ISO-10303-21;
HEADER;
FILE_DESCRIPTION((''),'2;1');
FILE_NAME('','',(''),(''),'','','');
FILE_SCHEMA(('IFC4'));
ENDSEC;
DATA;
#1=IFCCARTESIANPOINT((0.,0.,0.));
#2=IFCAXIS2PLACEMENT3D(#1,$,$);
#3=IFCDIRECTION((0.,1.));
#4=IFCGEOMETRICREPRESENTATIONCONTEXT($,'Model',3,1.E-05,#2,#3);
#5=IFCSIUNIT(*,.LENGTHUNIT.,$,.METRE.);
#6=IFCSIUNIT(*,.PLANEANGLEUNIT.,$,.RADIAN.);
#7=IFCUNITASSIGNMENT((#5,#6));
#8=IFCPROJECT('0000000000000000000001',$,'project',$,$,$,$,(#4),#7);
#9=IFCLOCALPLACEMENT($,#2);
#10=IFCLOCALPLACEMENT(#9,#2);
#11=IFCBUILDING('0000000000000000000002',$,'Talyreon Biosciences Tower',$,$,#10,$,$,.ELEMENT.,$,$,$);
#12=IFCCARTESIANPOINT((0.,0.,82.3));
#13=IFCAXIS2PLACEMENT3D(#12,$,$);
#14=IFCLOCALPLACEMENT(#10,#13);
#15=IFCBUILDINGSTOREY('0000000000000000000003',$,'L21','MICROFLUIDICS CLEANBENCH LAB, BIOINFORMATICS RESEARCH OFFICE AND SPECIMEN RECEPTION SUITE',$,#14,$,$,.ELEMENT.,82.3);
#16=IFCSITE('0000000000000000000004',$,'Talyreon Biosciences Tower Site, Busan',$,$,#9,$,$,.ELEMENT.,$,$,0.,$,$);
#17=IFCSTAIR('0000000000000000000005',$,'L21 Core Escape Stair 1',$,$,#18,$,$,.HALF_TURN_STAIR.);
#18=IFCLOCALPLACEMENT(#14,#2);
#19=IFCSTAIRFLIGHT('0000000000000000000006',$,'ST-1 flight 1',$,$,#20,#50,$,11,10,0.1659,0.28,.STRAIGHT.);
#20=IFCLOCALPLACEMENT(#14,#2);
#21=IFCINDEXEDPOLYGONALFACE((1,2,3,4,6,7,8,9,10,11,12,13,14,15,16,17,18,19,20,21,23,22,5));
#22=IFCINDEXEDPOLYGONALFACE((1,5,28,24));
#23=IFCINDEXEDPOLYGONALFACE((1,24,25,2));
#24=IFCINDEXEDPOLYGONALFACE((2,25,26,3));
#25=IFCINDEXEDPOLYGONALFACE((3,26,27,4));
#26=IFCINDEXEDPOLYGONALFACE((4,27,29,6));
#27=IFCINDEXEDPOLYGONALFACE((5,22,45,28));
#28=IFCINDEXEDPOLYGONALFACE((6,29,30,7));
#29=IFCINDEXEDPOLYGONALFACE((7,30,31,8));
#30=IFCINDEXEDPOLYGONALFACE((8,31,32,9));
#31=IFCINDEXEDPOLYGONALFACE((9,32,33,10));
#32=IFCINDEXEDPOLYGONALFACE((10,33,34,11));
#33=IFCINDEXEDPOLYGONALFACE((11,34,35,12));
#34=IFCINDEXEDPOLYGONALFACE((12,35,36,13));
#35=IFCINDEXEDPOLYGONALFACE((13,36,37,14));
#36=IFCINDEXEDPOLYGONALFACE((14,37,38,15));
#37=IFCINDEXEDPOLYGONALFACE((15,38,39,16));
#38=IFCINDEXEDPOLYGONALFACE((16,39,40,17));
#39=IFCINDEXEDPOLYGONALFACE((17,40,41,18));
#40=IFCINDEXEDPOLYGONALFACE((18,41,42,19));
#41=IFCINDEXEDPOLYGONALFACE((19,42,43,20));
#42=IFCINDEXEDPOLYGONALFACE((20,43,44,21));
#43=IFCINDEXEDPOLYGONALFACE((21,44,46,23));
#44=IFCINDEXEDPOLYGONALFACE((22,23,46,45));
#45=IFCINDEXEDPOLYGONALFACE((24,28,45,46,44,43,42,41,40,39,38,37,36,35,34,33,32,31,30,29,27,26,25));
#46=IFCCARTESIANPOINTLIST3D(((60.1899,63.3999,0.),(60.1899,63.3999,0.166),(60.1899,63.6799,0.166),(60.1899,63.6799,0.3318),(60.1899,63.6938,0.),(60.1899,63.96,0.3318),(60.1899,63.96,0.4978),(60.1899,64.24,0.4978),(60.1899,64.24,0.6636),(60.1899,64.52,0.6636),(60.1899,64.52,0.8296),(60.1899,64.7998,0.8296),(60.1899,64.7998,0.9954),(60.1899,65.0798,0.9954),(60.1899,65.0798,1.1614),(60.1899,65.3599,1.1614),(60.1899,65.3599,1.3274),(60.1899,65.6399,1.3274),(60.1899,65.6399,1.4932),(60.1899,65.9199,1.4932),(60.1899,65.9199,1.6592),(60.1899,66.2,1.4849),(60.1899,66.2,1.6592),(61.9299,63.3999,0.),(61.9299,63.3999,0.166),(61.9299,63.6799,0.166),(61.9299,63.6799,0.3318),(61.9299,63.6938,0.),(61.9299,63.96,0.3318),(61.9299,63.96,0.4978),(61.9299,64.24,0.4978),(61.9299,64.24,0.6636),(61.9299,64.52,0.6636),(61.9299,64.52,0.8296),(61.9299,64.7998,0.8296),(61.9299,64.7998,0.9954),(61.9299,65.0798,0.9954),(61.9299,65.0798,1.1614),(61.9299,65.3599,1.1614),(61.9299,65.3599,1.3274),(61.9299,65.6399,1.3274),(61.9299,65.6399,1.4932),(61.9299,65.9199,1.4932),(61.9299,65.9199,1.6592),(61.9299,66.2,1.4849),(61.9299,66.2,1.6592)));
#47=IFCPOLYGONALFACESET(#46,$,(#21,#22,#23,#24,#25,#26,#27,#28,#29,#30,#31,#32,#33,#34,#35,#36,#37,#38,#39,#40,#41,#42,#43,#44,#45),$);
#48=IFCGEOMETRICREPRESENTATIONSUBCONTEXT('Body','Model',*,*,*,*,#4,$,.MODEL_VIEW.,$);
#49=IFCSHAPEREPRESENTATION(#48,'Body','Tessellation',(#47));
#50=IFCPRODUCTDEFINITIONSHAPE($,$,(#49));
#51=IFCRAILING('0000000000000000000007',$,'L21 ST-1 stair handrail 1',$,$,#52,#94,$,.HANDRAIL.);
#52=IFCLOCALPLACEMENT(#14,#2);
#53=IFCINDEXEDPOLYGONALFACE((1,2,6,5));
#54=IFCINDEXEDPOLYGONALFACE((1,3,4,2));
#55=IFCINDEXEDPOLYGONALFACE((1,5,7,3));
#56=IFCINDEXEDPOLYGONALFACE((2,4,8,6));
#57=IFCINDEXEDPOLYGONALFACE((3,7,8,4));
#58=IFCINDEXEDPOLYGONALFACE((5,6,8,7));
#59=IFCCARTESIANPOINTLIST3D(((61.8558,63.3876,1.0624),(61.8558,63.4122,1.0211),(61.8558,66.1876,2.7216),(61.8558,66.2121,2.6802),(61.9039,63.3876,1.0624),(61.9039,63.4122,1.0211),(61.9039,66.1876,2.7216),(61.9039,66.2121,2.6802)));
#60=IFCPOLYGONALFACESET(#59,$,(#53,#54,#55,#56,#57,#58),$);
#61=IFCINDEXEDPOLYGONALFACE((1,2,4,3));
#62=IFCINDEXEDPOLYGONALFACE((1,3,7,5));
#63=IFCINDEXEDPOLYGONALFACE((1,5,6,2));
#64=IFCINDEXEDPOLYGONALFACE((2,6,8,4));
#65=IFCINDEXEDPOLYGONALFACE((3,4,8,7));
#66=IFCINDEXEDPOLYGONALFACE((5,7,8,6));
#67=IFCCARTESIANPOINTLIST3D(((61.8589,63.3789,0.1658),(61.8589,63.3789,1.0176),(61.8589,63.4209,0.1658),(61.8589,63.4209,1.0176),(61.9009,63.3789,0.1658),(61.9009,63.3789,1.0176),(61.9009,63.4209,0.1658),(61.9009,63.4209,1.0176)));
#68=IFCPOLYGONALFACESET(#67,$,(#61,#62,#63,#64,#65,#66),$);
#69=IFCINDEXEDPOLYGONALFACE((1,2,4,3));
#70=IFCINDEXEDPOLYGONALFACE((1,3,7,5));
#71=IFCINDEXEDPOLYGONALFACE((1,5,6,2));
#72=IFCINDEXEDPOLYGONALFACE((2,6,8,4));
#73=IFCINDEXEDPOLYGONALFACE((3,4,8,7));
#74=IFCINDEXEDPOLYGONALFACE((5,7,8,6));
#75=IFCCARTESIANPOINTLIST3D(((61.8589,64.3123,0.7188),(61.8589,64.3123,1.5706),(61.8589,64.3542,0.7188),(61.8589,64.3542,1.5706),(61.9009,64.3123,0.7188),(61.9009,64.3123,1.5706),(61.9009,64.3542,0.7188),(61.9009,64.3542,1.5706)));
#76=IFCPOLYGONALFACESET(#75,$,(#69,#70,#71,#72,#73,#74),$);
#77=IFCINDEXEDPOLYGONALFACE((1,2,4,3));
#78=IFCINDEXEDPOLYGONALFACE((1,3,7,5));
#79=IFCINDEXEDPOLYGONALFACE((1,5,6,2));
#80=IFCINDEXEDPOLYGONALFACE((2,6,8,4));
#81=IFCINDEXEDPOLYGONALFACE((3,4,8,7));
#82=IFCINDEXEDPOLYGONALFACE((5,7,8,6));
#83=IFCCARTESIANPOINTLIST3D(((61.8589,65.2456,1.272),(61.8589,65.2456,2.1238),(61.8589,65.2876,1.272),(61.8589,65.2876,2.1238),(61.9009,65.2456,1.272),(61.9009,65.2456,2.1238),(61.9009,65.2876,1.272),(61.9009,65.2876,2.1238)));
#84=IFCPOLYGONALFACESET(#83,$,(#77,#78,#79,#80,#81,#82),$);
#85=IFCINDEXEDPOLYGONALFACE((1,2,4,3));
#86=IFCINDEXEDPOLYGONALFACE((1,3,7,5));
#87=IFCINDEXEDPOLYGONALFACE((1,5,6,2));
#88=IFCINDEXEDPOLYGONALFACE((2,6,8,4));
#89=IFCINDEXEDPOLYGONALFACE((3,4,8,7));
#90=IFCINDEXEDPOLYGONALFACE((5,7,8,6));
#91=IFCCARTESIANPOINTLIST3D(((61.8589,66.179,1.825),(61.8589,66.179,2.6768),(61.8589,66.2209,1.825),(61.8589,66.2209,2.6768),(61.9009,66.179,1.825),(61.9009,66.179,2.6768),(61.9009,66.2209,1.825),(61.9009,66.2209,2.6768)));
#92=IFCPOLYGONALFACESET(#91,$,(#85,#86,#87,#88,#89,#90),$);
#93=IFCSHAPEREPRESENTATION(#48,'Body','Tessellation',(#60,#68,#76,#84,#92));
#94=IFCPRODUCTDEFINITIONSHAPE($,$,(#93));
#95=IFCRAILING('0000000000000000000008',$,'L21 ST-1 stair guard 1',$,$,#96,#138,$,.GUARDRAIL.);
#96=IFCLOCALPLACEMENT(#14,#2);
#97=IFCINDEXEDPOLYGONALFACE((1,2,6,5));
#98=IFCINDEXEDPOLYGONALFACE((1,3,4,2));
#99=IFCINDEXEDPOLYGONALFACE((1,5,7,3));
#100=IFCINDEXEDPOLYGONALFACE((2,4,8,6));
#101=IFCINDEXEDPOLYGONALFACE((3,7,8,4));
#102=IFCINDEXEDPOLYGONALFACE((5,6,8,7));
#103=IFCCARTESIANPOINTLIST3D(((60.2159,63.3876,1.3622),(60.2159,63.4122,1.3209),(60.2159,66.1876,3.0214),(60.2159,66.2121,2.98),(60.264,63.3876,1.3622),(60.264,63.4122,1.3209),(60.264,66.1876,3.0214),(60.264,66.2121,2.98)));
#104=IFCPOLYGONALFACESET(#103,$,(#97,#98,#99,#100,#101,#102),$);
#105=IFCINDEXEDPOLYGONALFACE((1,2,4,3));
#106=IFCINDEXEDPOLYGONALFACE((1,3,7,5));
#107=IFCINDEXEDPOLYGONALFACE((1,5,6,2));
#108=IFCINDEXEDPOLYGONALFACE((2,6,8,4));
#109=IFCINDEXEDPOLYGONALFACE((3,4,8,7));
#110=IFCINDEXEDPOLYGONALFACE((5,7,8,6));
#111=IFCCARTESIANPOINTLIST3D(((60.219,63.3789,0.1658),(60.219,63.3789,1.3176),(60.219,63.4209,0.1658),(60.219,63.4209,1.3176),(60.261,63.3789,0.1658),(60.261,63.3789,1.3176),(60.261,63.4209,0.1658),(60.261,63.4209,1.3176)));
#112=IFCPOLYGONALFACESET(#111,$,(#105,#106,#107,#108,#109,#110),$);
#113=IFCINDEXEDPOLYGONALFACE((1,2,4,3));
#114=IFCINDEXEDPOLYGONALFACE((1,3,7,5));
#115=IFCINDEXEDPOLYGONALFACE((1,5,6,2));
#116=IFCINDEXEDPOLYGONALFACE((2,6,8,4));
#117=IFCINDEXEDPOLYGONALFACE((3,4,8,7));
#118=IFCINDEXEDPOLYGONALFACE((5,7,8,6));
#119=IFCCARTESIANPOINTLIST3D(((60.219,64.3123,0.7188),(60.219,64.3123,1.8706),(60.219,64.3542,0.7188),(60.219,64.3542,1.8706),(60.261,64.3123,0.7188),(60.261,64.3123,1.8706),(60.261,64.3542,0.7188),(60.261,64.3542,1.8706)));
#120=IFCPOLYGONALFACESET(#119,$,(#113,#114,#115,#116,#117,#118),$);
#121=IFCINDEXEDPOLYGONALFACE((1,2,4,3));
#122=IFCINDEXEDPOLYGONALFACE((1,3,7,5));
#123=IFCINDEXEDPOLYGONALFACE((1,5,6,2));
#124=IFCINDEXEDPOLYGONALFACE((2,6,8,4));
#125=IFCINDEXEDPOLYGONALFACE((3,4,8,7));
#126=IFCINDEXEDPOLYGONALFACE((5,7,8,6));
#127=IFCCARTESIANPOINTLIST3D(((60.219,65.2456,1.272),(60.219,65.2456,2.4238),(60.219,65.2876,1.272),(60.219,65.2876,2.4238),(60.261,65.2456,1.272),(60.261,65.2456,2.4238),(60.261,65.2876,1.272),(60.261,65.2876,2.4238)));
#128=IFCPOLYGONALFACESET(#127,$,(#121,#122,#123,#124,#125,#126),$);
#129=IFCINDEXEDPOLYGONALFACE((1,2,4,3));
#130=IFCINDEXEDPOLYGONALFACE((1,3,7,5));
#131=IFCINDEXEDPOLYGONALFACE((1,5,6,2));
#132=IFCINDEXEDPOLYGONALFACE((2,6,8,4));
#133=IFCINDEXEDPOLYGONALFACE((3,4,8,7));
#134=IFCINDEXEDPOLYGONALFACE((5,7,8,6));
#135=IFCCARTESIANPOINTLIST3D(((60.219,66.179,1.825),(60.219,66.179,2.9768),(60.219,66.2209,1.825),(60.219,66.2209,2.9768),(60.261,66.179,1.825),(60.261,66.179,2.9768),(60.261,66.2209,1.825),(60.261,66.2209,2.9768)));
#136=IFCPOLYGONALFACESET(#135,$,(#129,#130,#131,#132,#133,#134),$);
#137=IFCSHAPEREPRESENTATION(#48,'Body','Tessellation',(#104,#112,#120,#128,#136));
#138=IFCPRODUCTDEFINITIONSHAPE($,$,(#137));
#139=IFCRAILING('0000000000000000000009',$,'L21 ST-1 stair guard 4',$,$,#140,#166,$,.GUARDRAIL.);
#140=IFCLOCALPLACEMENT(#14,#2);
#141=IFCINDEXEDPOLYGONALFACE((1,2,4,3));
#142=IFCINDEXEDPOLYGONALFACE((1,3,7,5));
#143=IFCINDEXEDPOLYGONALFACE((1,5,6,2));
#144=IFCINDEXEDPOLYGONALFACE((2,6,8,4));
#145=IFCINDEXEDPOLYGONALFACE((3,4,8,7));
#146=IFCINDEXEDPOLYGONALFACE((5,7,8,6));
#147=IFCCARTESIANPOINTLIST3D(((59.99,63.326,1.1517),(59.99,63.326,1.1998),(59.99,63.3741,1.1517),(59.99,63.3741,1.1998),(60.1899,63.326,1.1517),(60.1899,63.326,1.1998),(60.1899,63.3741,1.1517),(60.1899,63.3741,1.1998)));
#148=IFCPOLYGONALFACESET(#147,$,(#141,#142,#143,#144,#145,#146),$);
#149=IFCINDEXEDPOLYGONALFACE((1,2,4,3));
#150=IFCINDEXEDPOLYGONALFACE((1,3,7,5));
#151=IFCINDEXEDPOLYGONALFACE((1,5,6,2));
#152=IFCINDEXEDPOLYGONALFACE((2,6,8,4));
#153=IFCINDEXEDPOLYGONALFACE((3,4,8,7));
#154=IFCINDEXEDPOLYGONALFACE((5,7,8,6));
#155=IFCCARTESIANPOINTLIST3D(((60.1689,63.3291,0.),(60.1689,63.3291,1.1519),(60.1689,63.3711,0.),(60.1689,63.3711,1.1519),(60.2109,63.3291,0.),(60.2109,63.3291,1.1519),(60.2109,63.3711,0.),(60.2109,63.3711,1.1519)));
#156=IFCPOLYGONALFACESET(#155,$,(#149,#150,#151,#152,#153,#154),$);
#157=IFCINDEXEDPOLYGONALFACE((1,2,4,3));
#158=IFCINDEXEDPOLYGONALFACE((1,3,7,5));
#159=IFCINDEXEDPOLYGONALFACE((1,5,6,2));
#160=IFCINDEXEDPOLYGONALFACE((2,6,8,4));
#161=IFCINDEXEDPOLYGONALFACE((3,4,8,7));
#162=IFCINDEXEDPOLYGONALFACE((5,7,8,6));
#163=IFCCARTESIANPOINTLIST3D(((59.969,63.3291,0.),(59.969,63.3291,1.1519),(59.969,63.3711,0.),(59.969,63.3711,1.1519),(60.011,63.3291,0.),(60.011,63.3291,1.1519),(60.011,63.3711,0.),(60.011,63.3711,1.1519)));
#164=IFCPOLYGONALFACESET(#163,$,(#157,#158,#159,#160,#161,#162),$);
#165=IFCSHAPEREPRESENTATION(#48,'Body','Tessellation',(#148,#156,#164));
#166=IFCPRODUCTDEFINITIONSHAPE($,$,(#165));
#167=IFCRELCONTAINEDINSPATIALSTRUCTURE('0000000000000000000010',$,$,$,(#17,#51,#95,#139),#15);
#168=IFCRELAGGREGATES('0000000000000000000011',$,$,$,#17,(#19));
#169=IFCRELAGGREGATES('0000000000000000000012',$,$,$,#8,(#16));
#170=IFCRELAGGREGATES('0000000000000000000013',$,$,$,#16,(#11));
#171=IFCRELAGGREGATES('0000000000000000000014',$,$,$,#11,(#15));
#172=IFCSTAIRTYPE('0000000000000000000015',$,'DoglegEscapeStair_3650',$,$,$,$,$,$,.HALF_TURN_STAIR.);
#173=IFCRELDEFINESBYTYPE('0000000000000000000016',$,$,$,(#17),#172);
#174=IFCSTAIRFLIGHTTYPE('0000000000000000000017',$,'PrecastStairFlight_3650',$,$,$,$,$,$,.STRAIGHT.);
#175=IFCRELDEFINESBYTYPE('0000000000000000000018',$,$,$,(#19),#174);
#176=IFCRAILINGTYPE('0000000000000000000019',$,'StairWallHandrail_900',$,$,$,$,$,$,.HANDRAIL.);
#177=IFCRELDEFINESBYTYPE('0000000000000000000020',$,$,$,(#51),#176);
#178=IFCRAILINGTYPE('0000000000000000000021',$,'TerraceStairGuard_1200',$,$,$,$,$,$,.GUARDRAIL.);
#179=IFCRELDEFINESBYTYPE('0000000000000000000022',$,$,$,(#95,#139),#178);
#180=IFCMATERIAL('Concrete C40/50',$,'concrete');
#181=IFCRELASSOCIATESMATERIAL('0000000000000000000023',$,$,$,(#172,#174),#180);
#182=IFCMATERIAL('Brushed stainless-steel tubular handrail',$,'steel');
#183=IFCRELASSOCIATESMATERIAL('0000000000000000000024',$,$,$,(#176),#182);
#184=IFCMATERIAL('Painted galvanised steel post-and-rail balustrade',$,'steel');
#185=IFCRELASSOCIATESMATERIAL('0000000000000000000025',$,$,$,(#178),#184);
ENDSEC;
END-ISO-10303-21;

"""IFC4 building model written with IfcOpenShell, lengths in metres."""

from ifc_helpers import new_model, si_unit, direction, frame, origin, origin_2d, place, context, subcontext, project, spatial, polyline, rectangle, outline, extrude, material, type_object, element, aggregate, save


model = new_model("IFC4")

# Units and contexts
model_context = context("Model", 3, precision=1e-05, world=origin(), true_north=direction((0.0, 1.0)))
body_context = subcontext(model_context, "Body", "Model", "MODEL_VIEW")
ifc_project = project(units=[si_unit("LENGTHUNIT", "METRE"), si_unit("PLANEANGLEUNIT", "RADIAN")], contexts=[model_context])

# Site, building, storey
site_placement = place(None, origin())
site = spatial("IfcSite", under=ifc_project, at=site_placement, Name="Talyreon Biosciences Tower Site, Busan", CompositionType="ELEMENT", RefElevation=0.0)
building_placement = place(site_placement, origin())
building = spatial("IfcBuilding", under=site, at=building_placement, Name="Talyreon Biosciences Tower", CompositionType="ELEMENT")
storey_placement = place(building_placement, frame((0.0, 0.0, 82.3)))
storey = spatial("IfcBuildingStorey", under=building, at=storey_placement, Name="L21", Description="MICROFLUIDICS CLEANBENCH LAB, BIOINFORMATICS RESEARCH OFFICE AND SPECIMEN RECEPTION SUITE", CompositionType="ELEMENT", Elevation=82.3)

# Stair, stair flight
ifc_material_1 = material(Name="Concrete C40/50", Category="concrete")
stair_type = type_object("IfcStairType", Name="DoglegEscapeStair_3650", PredefinedType="HALF_TURN_STAIR", material=ifc_material_1)
stair_placement = place(storey_placement, origin())
stair = element("IfcStair", 1, at=stair_placement, inside=storey, type_object=stair_type, Name="L21 Core Escape Stair 1", PredefinedType="HALF_TURN_STAIR")
stair_flight_type = type_object("IfcStairFlightType", Name="PrecastStairFlight_3650", PredefinedType="STRAIGHT", material=ifc_material_1)
stair_flight_placement = place(storey_placement, frame((61.0601, 63.3999, 0.0), z_axis=(0.0, 0.0, 1.0), x_axis=(0.0, 1.0, 0.0)))
stair_flight = element("IfcStairFlight", 2, at=stair_flight_placement, type_object=stair_flight_type, Name="ST-1 flight 1", NumberOfRisers=11, NumberOfTreads=10, PredefinedType="STRAIGHT", RiserHeight=0.1659, TreadLength=0.28, context=body_context, shape_type="SweptSolid", body=[
    extrude(outline(polyline([(0.0, 0.0), (0.0, 0.166), (0.28, 0.166), (0.28, 0.3318), (0.5601, 0.3318), (0.5601, 0.4978), (0.8401, 0.4978), (0.8401, 0.6636), (1.1201, 0.6636), (1.1201, 0.8296), (1.3999, 0.8296), (1.3999, 0.9954), (1.6799, 0.9954), (1.6799, 1.1614), (1.96, 1.1614), (1.96, 1.3274), (2.24, 1.3274), (2.24, 1.4932), (2.52, 1.4932), (2.52, 1.6592), (2.8, 1.6592), (2.8, 1.825), (2.8, 1.4849), (0.2939, 0.0), (0.0, 0.0)])), frame((0.0, 0.8701, 0.0), z_axis=(0.0, -1.0, 0.0), x_axis=(1.0, 0.0, 0.0)), (0.0, 0.0, 1.0), 1.74),
])
aggregate(stair, [stair_flight])

# Railings
ifc_material_2 = material(Name="Brushed stainless-steel tubular handrail", Category="steel")
railing_type_1 = type_object("IfcRailingType", Name="StairWallHandrail_900", PredefinedType="HANDRAIL", material=ifc_material_2)
railing_1_placement = place(storey_placement, frame((61.8799, 63.3999, 0.1658)))
element("IfcRailing", 3, at=railing_1_placement, inside=storey, type_object=railing_type_1, Name="L21 ST-1 stair handrail 1", PredefinedType="HANDRAIL", context=body_context, shape_type="SweptSolid", body=[
    extrude(rectangle(XDim=0.0481, YDim=0.0481, at=origin_2d()), frame((0.0, 0.0, 0.876), z_axis=(0.0, 0.860306, 0.509778), x_axis=(-1.0, 0.0, 0.0)), (0.0, 0.0, 1.0), 3.2546),
    extrude(rectangle(XDim=0.042, YDim=0.042, at=origin_2d()), origin(), (0.0, 0.0, 1.0), 0.8518),
    extrude(rectangle(XDim=0.042, YDim=0.042, at=origin_2d()), frame((0.0, 0.9333, 0.553)), (0.0, 0.0, 1.0), 0.8518),
    extrude(rectangle(XDim=0.042, YDim=0.042, at=origin_2d()), frame((0.0, 1.8667, 1.1062)), (0.0, 0.0, 1.0), 0.8518),
    extrude(rectangle(XDim=0.042, YDim=0.042, at=origin_2d()), frame((0.0, 2.8, 1.6592)), (0.0, 0.0, 1.0), 0.8518),
])
ifc_material_3 = material(Name="Painted galvanised steel post-and-rail balustrade", Category="steel")
railing_type_2 = type_object("IfcRailingType", Name="TerraceStairGuard_1200", PredefinedType="GUARDRAIL", material=ifc_material_3)
railing_2_placement = place(storey_placement, frame((60.24, 63.3999, 0.1658)))
element("IfcRailing", 4, at=railing_2_placement, inside=storey, type_object=railing_type_2, Name="L21 ST-1 stair guard 1", PredefinedType="GUARDRAIL", context=body_context, shape_type="SweptSolid", body=[
    extrude(rectangle(XDim=0.0481, YDim=0.0481, at=origin_2d()), frame((0.0, 0.0, 1.1758), z_axis=(0.0, 0.860306, 0.509778), x_axis=(-1.0, 0.0, 0.0)), (0.0, 0.0, 1.0), 3.2546),
    extrude(rectangle(XDim=0.042, YDim=0.042, at=origin_2d()), origin(), (0.0, 0.0, 1.0), 1.1519),
    extrude(rectangle(XDim=0.042, YDim=0.042, at=origin_2d()), frame((0.0, 0.9333, 0.553)), (0.0, 0.0, 1.0), 1.1519),
    extrude(rectangle(XDim=0.042, YDim=0.042, at=origin_2d()), frame((0.0, 1.8667, 1.1062)), (0.0, 0.0, 1.0), 1.1519),
    extrude(rectangle(XDim=0.042, YDim=0.042, at=origin_2d()), frame((0.0, 2.8, 1.6592)), (0.0, 0.0, 1.0), 1.1519),
])
railing_3_placement = place(storey_placement, frame((60.1899, 63.3501, 0.0)))
element("IfcRailing", 5, at=railing_3_placement, inside=storey, type_object=railing_type_2, Name="L21 ST-1 stair guard 4", PredefinedType="GUARDRAIL", context=body_context, shape_type="SweptSolid", body=[
    extrude(rectangle(XDim=0.0481, YDim=0.0481, at=origin_2d()), frame((0.0, 0.0, 1.1758), z_axis=(-1.0, 0.0, 0.0), x_axis=(0.0, -1.0, 0.0)), (0.0, 0.0, 1.0), 0.2),
    extrude(rectangle(XDim=0.042, YDim=0.042, at=origin_2d()), origin(), (0.0, 0.0, 1.0), 1.1519),
    extrude(rectangle(XDim=0.042, YDim=0.042, at=origin_2d()), frame((-0.2, 0.0, 0.0)), (0.0, 0.0, 1.0), 1.1519),
])

save(model, "model.ifc")
